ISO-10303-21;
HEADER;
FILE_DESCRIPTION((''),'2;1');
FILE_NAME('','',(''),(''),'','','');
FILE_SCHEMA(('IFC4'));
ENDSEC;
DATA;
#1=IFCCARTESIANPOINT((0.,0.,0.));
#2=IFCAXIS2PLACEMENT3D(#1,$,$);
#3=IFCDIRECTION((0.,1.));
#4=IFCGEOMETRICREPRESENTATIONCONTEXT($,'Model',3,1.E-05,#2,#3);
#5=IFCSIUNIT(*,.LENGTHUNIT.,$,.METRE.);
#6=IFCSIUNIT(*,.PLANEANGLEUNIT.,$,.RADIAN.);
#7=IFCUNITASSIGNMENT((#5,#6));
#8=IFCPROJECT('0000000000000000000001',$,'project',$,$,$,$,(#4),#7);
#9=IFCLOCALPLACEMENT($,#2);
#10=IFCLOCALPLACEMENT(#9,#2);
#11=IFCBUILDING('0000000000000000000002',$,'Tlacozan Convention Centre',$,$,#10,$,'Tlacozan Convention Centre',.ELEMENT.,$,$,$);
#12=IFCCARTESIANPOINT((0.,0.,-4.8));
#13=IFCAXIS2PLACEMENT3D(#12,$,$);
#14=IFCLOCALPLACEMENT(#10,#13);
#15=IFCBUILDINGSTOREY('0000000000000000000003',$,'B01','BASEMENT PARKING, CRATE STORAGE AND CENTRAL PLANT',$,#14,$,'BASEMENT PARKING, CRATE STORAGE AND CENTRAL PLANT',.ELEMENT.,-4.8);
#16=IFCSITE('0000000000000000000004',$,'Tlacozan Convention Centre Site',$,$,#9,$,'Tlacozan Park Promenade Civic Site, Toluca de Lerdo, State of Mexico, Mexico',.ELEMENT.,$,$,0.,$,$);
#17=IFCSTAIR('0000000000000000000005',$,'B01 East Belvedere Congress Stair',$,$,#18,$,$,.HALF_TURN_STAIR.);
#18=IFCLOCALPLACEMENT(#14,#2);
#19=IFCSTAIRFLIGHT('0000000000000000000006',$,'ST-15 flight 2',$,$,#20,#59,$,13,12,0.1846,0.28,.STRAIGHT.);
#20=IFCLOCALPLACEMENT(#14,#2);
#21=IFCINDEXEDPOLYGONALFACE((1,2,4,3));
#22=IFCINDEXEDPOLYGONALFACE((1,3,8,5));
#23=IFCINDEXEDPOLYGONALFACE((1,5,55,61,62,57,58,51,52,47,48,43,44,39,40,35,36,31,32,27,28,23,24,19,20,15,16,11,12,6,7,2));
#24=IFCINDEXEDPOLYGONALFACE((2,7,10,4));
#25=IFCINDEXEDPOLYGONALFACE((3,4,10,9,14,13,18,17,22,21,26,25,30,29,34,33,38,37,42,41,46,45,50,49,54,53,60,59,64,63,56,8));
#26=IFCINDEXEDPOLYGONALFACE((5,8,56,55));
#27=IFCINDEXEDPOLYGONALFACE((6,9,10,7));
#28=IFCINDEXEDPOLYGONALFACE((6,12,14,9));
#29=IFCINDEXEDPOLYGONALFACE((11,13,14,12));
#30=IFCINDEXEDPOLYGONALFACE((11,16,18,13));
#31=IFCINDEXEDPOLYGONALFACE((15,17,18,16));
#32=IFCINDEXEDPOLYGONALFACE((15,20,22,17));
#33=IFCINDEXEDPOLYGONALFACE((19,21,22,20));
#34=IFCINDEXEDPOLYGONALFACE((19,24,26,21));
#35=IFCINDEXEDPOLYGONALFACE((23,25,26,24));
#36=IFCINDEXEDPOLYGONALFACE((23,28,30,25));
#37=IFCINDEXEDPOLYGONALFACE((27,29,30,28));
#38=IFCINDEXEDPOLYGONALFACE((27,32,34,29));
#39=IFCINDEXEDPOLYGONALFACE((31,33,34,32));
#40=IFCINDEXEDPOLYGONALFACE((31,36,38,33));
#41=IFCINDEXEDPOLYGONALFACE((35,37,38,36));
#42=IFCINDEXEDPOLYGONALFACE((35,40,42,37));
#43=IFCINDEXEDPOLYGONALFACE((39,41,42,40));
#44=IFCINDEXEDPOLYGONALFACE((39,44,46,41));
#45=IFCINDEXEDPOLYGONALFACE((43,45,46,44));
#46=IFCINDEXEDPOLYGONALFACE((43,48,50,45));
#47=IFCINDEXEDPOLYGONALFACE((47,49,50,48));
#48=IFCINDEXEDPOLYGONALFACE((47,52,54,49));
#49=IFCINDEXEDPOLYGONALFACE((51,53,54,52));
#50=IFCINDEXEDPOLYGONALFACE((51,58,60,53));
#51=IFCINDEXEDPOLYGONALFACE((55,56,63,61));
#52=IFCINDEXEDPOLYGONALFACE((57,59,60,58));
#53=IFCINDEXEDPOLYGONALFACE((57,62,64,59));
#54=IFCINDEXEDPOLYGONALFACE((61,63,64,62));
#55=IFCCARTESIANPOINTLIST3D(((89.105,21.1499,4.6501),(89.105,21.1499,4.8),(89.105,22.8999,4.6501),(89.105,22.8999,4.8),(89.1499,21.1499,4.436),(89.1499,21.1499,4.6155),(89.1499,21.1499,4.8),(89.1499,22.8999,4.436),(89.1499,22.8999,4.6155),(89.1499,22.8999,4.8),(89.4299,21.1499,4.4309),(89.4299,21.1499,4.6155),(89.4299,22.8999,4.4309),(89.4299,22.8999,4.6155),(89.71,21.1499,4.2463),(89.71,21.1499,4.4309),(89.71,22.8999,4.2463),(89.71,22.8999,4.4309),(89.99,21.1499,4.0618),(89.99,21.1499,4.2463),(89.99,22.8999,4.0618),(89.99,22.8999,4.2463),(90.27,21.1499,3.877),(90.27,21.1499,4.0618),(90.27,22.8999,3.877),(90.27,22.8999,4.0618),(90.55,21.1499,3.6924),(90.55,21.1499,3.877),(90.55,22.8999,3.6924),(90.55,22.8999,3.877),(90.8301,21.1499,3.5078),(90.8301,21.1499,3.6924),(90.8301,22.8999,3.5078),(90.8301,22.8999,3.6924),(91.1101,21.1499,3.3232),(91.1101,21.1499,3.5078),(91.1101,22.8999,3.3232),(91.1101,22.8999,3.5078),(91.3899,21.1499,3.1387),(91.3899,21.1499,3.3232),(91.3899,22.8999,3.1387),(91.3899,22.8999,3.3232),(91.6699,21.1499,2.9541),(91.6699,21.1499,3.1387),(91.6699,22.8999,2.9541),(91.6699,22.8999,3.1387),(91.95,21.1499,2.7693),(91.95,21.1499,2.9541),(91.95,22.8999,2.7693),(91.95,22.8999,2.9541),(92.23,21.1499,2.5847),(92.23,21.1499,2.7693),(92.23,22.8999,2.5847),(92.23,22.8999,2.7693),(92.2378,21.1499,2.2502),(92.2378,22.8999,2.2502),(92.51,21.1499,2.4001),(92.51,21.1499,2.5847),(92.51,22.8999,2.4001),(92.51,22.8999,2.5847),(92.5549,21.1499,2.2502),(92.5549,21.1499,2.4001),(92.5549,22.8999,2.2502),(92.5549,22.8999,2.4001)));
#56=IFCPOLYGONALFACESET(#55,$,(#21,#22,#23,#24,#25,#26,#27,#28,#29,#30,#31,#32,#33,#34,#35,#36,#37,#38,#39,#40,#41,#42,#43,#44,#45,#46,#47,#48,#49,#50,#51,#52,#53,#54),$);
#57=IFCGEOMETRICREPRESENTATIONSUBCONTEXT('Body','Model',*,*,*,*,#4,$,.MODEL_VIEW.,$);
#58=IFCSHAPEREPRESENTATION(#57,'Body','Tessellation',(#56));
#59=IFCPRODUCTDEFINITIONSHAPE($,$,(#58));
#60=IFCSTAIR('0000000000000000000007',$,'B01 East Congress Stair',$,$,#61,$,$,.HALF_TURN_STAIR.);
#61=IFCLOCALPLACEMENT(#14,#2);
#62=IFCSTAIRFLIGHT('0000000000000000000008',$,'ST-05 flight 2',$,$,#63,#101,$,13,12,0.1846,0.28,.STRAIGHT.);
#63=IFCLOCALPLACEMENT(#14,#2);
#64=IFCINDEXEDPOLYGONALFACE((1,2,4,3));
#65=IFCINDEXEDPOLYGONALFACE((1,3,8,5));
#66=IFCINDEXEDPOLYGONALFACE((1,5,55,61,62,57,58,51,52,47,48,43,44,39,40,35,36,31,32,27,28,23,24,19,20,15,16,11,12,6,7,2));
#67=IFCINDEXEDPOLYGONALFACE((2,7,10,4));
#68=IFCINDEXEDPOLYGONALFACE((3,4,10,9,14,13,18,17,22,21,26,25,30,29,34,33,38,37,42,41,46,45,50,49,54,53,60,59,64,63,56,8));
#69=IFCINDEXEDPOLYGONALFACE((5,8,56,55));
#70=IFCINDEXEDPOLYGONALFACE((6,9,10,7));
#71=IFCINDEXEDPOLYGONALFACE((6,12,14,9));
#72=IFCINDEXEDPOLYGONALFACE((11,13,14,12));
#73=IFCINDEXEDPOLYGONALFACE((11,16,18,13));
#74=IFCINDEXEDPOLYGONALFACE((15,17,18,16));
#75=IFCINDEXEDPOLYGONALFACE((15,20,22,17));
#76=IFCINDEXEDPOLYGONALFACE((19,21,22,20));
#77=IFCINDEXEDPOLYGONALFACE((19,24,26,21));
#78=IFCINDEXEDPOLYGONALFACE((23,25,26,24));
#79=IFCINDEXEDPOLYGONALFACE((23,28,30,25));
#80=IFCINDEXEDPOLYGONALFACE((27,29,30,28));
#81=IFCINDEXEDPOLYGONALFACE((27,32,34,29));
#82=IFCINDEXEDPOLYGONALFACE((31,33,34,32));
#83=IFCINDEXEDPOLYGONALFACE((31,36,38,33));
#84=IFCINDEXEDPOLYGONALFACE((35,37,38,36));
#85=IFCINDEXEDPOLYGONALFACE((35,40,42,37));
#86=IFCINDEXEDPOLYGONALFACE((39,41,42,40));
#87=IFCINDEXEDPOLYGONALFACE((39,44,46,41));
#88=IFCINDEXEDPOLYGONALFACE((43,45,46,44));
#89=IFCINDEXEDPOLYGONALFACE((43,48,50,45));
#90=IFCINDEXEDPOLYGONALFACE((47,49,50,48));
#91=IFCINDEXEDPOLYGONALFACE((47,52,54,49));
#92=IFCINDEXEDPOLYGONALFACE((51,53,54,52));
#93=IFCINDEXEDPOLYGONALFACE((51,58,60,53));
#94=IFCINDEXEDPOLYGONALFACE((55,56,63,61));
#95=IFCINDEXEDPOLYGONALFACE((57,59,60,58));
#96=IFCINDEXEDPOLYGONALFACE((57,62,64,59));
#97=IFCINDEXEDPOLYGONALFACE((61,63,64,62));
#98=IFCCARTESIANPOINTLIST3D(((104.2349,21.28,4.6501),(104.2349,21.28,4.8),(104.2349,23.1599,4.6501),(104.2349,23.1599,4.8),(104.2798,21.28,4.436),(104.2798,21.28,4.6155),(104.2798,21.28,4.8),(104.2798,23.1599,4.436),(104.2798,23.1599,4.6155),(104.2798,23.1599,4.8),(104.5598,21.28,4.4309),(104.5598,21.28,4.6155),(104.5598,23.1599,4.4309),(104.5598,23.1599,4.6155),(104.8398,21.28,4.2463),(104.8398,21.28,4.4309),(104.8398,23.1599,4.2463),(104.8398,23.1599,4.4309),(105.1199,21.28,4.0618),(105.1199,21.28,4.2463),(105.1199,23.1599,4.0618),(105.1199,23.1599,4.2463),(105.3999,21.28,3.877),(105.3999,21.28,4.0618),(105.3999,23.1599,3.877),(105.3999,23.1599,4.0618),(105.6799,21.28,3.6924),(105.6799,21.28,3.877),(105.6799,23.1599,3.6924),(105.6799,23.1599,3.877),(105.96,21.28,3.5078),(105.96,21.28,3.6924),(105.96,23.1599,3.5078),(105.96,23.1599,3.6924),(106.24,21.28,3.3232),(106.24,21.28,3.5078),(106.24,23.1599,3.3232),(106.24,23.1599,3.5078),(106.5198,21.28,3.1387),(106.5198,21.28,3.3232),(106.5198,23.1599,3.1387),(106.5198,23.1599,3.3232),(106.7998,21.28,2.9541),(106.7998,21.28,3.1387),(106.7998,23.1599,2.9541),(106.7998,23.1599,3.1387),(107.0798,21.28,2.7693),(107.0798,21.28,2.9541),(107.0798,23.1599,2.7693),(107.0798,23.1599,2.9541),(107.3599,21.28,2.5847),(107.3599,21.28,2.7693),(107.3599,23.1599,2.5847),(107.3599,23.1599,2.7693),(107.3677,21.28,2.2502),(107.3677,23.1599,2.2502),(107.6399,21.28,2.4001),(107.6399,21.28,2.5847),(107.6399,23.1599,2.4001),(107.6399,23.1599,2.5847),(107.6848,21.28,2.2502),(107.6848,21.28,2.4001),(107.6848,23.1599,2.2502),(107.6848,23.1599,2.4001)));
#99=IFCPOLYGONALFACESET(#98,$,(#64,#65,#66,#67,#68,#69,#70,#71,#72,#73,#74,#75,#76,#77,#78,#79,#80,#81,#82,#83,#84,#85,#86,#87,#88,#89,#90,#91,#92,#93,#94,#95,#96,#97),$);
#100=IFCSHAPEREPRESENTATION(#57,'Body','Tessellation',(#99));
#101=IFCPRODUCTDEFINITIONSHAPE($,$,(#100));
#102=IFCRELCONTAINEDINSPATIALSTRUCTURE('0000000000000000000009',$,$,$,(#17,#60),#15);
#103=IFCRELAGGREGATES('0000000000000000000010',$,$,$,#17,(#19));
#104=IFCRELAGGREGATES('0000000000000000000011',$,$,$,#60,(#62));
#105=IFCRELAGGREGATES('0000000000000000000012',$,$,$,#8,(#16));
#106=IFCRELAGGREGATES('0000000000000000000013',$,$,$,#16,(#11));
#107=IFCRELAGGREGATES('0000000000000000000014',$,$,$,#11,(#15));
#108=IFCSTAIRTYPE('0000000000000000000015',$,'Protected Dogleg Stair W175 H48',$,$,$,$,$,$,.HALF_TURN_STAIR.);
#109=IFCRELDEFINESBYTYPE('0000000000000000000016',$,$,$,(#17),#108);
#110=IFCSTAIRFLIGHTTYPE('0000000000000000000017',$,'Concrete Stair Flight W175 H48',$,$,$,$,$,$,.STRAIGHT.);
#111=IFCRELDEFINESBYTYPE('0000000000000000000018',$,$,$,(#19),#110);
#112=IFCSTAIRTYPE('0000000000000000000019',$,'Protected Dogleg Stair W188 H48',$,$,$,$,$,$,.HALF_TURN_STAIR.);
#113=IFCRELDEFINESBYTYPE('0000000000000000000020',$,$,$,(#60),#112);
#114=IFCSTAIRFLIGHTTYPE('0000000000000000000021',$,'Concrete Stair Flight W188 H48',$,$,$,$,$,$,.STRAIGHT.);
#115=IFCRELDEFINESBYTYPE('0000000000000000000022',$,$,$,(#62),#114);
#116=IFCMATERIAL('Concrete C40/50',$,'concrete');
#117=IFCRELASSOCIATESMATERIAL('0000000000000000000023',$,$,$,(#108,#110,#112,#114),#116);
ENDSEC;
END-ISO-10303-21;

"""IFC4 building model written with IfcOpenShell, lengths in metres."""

from ifc_helpers import new_model, si_unit, direction, frame, origin, place, context, subcontext, project, spatial, polyline, outline, extrude, material, type_object, element, aggregate, save


model = new_model("IFC4")

# Units and contexts
model_context = context("Model", 3, precision=1e-05, world=origin(), true_north=direction((0.0, 1.0)))
body_context = subcontext(model_context, "Body", "Model", "MODEL_VIEW")
ifc_project = project(units=[si_unit("LENGTHUNIT", "METRE"), si_unit("PLANEANGLEUNIT", "RADIAN")], contexts=[model_context])

# Site, building, storey
site_placement = place(None, origin())
site = spatial("IfcSite", under=ifc_project, at=site_placement, Name="Tlacozan Convention Centre Site", LongName="Tlacozan Park Promenade Civic Site, Toluca de Lerdo, State of Mexico, Mexico", CompositionType="ELEMENT", RefElevation=0.0)
building_placement = place(site_placement, origin())
building = spatial("IfcBuilding", under=site, at=building_placement, Name="Tlacozan Convention Centre", LongName="Tlacozan Convention Centre", CompositionType="ELEMENT")
storey_placement = place(building_placement, frame((0.0, 0.0, -4.8)))
storey = spatial("IfcBuildingStorey", under=building, at=storey_placement, Name="B01", Description="BASEMENT PARKING, CRATE STORAGE AND CENTRAL PLANT", LongName="BASEMENT PARKING, CRATE STORAGE AND CENTRAL PLANT", CompositionType="ELEMENT", Elevation=-4.8)

# Shared definitions
ifc_material_1 = material(Name="Concrete C40/50", Category="concrete")

# Stairs, stair flights
stair_type_1 = type_object("IfcStairType", Name="Protected Dogleg Stair W175 H48", PredefinedType="HALF_TURN_STAIR", material=ifc_material_1)
stair_1_placement = place(storey_placement, origin())
stair_1 = element("IfcStair", 1, at=stair_1_placement, inside=storey, type_object=stair_type_1, Name="B01 East Belvedere Congress Stair", PredefinedType="HALF_TURN_STAIR")
stair_flight_type_1 = type_object("IfcStairFlightType", Name="Concrete Stair Flight W175 H48", PredefinedType="STRAIGHT", material=ifc_material_1)
stair_flight_1_placement = place(storey_placement, frame((92.51, 22.0249, 2.4001), z_axis=(0.0, 0.0, 1.0), x_axis=(-1.0, 0.0, 0.0)))
stair_flight_1 = element("IfcStairFlight", 2, at=stair_flight_1_placement, type_object=stair_flight_type_1, Name="ST-15 flight 2", NumberOfRisers=13, NumberOfTreads=12, PredefinedType="STRAIGHT", RiserHeight=0.1846, TreadLength=0.28, context=body_context, shape_type="SweptSolid", body=[
    extrude(outline(polyline([(-0.0449, -0.1499), (-0.0449, 0.0), (0.0, 0.0), (0.0, 0.1846), (0.28, 0.1846), (0.28, 0.3691), (0.5601, 0.3691), (0.5601, 0.554), (0.8401, 0.554), (0.8401, 0.7385), (1.1201, 0.7385), (1.1201, 0.9231), (1.3999, 0.9231), (1.3999, 1.1077), (1.6799, 1.1077), (1.6799, 1.2922), (1.96, 1.2922), (1.96, 1.4768), (2.24, 1.4768), (2.24, 1.6616), (2.52, 1.6616), (2.52, 1.8462), (2.8, 1.8462), (2.8, 2.0308), (3.0801, 2.0308), (3.0801, 2.2153), (3.3601, 2.2153), (3.3601, 2.3999), (3.405, 2.3999), (3.405, 2.25), (3.3601, 2.0359), (0.2722, -0.1499), (-0.0449, -0.1499)])), frame((0.0, 0.875, 0.0), z_axis=(0.0, -1.0, 0.0), x_axis=(1.0, 0.0, 0.0)), (0.0, 0.0, 1.0), 1.75),
])
aggregate(stair_1, [stair_flight_1])
stair_type_2 = type_object("IfcStairType", Name="Protected Dogleg Stair W188 H48", PredefinedType="HALF_TURN_STAIR", material=ifc_material_1)
stair_2_placement = place(storey_placement, origin())
stair_2 = element("IfcStair", 3, at=stair_2_placement, inside=storey, type_object=stair_type_2, Name="B01 East Congress Stair", PredefinedType="HALF_TURN_STAIR")
stair_flight_type_2 = type_object("IfcStairFlightType", Name="Concrete Stair Flight W188 H48", PredefinedType="STRAIGHT", material=ifc_material_1)
stair_flight_2_placement = place(storey_placement, frame((107.6399, 22.22, 2.4001), z_axis=(0.0, 0.0, 1.0), x_axis=(-1.0, 0.0, 0.0)))
stair_flight_2 = element("IfcStairFlight", 4, at=stair_flight_2_placement, type_object=stair_flight_type_2, Name="ST-05 flight 2", NumberOfRisers=13, NumberOfTreads=12, PredefinedType="STRAIGHT", RiserHeight=0.1846, TreadLength=0.28, context=body_context, shape_type="SweptSolid", body=[
    extrude(outline(polyline([(-0.0449, -0.1499), (-0.0449, 0.0), (0.0, 0.0), (0.0, 0.1846), (0.28, 0.1846), (0.28, 0.3691), (0.5601, 0.3691), (0.5601, 0.554), (0.8401, 0.554), (0.8401, 0.7385), (1.1201, 0.7385), (1.1201, 0.9231), (1.3999, 0.9231), (1.3999, 1.1077), (1.6799, 1.1077), (1.6799, 1.2922), (1.96, 1.2922), (1.96, 1.4768), (2.24, 1.4768), (2.24, 1.6616), (2.52, 1.6616), (2.52, 1.8462), (2.8, 1.8462), (2.8, 2.0308), (3.0801, 2.0308), (3.0801, 2.2153), (3.3601, 2.2153), (3.3601, 2.3999), (3.405, 2.3999), (3.405, 2.25), (3.3601, 2.0359), (0.2722, -0.1499), (-0.0449, -0.1499)])), frame((0.0, 0.9399, 0.0), z_axis=(0.0, -1.0, 0.0), x_axis=(1.0, 0.0, 0.0)), (0.0, 0.0, 1.0), 1.8799),
])
aggregate(stair_2, [stair_flight_2])

save(model, "model.ifc")
